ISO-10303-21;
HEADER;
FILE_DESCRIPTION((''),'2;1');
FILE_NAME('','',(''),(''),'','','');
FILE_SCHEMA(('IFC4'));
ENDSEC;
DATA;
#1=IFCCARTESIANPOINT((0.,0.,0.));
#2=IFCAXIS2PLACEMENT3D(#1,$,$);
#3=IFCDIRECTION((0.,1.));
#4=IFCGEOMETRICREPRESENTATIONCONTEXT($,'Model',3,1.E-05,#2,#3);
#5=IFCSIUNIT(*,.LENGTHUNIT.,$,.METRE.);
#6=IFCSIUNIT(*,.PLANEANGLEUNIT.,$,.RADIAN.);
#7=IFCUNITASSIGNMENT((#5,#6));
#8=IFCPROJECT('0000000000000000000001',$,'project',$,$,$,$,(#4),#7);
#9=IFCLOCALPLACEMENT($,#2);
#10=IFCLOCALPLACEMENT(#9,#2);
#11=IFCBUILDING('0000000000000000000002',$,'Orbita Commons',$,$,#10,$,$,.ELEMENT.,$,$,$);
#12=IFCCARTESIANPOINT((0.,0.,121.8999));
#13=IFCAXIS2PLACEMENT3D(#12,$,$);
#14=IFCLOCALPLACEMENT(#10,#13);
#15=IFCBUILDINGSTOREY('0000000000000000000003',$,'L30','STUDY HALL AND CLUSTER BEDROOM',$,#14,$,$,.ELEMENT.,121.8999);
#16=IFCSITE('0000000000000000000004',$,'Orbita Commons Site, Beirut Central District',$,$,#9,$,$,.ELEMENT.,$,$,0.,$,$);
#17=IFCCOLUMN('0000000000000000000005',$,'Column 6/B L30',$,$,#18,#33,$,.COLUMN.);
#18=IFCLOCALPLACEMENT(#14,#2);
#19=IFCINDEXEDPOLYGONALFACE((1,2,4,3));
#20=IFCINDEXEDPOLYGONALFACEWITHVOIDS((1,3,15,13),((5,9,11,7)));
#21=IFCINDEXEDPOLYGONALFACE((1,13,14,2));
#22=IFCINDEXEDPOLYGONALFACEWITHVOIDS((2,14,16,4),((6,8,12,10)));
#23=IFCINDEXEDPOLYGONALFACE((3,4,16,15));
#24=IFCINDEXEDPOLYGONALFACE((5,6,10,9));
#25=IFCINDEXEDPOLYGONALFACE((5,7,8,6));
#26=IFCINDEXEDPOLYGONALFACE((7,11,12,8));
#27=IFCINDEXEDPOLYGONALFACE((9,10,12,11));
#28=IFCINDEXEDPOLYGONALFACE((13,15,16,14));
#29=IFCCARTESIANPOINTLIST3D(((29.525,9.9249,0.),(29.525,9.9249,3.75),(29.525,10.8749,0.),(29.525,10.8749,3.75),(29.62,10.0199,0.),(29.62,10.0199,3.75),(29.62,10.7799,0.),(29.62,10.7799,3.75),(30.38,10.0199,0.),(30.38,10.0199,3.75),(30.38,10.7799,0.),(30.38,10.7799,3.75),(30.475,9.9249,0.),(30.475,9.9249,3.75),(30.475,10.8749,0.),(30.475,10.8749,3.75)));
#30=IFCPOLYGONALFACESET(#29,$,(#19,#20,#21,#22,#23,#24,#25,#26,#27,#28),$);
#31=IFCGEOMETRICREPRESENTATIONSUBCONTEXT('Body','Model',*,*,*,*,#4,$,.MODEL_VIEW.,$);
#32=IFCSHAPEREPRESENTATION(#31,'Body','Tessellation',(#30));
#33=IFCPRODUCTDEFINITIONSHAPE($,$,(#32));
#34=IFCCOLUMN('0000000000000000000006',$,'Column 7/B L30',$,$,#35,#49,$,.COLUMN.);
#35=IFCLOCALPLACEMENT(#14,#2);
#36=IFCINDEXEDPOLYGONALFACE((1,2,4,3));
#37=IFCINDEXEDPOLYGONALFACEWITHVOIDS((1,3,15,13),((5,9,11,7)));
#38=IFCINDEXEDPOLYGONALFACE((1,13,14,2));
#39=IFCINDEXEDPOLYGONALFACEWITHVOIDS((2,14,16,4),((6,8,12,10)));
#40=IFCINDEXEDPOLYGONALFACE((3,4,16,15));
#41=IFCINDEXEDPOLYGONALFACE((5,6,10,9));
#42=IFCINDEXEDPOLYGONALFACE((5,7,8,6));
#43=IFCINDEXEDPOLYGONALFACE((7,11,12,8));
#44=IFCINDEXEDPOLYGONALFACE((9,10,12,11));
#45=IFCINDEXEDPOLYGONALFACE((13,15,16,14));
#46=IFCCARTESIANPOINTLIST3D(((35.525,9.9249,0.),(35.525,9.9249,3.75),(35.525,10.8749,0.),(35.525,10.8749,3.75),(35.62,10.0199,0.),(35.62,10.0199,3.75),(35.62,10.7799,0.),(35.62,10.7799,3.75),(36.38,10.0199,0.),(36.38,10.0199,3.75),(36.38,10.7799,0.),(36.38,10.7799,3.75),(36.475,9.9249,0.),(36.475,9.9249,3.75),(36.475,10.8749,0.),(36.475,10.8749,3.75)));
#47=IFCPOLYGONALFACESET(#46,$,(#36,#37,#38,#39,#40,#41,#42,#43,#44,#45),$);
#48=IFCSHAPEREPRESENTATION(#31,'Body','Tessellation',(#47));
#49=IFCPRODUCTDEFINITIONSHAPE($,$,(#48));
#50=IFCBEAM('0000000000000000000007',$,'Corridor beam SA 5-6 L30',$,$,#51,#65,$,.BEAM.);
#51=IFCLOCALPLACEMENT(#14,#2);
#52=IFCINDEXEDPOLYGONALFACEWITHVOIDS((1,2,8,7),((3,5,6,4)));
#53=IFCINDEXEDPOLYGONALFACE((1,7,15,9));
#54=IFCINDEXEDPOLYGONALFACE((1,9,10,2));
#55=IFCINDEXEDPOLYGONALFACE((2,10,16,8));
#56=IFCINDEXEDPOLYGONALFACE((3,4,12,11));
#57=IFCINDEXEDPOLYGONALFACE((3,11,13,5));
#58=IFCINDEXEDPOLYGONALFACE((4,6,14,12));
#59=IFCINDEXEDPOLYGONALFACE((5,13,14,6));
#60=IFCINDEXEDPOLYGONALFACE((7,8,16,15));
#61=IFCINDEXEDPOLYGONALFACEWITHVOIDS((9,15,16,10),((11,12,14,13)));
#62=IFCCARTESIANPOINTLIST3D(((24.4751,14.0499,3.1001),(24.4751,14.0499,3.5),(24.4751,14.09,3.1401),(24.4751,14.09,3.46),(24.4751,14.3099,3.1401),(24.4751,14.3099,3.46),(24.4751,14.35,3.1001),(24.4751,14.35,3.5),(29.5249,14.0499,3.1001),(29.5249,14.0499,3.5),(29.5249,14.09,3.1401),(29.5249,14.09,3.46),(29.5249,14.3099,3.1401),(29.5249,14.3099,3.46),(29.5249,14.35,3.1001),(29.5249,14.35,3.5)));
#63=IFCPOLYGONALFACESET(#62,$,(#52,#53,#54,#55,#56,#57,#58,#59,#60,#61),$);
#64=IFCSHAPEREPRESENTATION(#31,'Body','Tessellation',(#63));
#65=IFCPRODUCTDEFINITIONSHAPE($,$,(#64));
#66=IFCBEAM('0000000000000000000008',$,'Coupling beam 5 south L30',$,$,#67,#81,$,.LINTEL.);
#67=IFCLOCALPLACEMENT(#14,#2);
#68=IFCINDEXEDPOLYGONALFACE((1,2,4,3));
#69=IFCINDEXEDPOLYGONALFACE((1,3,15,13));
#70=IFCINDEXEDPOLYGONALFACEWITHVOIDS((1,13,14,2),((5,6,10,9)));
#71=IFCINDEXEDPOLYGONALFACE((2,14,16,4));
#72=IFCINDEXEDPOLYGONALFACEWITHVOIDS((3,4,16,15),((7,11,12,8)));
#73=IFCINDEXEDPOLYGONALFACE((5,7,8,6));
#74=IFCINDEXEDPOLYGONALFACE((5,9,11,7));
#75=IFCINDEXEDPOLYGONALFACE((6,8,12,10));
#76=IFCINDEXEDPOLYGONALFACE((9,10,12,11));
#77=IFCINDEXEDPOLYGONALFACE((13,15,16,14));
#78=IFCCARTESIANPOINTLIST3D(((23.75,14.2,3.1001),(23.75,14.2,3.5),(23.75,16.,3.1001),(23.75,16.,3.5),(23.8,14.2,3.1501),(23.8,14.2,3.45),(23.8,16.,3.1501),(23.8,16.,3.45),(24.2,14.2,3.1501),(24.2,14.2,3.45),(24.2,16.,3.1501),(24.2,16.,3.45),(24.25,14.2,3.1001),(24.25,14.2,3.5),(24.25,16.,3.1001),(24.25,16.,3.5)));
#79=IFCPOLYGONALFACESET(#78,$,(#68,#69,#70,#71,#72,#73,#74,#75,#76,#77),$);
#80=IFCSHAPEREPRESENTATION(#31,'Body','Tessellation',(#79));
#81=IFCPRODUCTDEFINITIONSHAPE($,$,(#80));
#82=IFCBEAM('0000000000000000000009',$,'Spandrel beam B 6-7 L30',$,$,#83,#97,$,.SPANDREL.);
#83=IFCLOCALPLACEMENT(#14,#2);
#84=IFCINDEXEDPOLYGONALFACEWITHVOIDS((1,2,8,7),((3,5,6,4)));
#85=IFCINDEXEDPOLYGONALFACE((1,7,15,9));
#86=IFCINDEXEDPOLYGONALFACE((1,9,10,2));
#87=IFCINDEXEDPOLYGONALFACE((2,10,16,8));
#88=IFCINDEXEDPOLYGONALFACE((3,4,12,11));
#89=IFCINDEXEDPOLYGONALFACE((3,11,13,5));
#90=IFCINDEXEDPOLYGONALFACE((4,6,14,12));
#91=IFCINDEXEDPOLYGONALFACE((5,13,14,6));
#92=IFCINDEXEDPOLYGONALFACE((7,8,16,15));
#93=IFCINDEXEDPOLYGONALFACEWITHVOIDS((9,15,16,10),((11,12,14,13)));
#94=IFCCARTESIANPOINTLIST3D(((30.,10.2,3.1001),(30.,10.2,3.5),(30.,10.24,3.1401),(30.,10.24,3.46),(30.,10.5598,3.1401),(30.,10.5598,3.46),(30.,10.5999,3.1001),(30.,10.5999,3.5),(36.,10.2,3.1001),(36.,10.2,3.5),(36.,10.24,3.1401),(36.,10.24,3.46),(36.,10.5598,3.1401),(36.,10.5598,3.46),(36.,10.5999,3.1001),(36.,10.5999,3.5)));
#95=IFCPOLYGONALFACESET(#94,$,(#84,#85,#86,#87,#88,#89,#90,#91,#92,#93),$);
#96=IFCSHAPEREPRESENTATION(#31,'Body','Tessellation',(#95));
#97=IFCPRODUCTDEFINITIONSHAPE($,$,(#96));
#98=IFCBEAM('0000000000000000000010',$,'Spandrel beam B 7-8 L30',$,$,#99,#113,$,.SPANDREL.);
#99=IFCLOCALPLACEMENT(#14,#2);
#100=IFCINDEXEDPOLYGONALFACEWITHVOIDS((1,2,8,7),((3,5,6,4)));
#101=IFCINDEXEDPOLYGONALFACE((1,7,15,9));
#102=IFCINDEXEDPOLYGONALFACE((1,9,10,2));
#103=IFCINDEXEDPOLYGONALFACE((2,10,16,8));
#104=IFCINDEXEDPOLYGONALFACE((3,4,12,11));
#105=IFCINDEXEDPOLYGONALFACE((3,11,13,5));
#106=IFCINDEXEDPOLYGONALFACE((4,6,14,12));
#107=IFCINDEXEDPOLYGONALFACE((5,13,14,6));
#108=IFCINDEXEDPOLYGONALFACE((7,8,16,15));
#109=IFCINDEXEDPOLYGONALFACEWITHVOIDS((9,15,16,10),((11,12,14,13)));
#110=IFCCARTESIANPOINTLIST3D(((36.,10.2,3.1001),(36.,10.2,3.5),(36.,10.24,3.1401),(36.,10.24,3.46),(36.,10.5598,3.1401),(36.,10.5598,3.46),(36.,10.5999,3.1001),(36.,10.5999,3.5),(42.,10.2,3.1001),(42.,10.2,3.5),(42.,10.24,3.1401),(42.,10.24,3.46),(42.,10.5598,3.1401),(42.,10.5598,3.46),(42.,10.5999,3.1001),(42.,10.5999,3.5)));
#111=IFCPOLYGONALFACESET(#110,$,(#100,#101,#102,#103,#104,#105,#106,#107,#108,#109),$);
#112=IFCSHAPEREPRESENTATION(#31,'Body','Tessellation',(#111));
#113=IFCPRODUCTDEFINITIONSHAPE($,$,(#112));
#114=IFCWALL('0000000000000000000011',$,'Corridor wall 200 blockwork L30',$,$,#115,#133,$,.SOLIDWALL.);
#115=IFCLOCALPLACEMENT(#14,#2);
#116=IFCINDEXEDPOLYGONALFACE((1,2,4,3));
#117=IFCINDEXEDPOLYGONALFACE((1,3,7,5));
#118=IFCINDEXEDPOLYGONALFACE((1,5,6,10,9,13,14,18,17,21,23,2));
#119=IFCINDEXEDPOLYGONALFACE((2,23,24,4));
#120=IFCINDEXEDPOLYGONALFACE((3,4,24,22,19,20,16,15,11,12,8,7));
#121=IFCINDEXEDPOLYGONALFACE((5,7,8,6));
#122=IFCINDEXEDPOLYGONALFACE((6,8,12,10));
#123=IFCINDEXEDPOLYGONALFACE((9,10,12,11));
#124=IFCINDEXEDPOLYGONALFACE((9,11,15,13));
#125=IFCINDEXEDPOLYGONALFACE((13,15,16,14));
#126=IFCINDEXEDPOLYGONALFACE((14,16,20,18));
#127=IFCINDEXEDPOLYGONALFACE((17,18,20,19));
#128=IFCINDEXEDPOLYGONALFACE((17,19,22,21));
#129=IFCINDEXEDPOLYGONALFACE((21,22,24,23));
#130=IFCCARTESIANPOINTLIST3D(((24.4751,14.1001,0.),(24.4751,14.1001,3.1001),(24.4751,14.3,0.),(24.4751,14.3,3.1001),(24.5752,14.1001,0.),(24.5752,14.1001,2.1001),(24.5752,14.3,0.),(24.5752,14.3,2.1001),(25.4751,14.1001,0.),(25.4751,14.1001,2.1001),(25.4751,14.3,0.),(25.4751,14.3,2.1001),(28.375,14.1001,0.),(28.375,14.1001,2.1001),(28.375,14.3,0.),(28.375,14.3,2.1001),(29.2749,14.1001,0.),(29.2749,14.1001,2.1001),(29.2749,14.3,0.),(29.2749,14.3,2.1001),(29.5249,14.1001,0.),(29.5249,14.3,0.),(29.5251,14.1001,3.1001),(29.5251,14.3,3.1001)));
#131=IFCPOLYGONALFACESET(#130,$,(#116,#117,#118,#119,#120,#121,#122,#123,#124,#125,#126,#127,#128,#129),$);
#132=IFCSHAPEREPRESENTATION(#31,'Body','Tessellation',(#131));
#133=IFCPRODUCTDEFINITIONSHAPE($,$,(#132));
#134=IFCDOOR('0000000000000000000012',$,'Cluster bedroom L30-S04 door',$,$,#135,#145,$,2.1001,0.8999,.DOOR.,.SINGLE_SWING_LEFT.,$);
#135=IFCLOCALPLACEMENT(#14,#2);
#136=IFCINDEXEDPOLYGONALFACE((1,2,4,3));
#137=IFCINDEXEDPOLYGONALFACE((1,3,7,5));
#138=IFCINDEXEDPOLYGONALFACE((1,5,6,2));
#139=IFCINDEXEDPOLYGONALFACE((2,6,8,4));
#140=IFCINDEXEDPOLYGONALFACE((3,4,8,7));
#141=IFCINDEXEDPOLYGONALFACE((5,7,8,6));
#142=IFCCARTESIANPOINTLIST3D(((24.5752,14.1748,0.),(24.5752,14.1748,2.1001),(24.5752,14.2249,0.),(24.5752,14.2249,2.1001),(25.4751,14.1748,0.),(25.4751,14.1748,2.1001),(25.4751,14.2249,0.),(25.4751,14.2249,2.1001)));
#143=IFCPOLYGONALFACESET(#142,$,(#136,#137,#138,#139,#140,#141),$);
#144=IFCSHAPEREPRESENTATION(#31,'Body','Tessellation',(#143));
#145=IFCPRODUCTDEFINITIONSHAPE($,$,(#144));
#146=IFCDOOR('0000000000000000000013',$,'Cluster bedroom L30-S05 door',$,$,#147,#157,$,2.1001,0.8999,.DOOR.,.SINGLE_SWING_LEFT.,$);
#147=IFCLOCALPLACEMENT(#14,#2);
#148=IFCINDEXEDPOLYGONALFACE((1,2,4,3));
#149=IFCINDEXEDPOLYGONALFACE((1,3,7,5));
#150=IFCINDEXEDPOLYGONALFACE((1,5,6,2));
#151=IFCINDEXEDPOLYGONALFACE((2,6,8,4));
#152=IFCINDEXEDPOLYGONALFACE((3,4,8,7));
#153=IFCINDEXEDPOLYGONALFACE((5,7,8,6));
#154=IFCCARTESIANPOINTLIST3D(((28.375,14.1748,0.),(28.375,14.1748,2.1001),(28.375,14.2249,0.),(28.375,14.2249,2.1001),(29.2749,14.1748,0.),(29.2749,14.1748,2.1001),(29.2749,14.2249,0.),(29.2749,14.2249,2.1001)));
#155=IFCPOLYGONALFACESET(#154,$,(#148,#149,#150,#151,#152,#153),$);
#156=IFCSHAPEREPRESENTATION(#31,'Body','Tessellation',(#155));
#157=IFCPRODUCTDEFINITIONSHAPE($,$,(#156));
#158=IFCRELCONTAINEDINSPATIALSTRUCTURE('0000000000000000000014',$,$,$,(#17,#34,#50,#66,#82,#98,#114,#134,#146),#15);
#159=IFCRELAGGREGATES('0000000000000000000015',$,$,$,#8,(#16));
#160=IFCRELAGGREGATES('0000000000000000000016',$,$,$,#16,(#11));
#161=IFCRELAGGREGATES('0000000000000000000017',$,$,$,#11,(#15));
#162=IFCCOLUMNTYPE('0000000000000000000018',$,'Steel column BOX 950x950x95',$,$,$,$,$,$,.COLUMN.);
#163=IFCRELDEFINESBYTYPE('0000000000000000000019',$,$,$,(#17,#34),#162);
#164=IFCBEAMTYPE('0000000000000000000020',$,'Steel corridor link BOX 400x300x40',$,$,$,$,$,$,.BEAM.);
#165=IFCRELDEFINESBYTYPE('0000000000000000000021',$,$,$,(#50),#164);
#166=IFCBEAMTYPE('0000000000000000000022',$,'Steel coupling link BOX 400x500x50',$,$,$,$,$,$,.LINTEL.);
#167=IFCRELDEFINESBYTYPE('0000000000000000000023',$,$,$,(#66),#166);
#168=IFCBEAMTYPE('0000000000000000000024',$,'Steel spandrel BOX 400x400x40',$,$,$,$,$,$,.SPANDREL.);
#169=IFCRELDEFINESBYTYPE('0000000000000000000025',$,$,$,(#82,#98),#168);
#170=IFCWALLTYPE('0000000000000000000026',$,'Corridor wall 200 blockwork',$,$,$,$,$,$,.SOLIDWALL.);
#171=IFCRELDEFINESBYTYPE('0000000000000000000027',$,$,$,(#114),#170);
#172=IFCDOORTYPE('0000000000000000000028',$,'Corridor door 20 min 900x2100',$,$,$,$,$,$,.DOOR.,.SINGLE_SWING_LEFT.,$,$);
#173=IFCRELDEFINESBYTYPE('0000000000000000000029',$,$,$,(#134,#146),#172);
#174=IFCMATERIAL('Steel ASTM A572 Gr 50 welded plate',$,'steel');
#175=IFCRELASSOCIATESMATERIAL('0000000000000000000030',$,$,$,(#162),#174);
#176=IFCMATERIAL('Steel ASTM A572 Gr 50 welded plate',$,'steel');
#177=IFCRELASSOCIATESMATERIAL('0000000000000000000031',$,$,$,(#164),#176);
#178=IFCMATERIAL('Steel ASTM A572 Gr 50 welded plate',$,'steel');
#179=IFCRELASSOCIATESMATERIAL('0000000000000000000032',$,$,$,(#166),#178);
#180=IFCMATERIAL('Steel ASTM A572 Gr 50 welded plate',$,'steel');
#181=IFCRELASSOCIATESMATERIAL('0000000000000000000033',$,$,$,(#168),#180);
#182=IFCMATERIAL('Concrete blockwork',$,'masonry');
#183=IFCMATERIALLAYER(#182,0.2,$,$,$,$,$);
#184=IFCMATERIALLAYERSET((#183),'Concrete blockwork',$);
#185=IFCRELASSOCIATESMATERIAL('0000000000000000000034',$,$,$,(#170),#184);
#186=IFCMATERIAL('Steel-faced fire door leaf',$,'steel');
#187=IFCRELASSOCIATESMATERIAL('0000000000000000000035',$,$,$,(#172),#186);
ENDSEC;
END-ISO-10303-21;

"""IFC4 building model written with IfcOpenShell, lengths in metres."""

from ifc_helpers import new_model, si_unit, direction, frame, frame_2d, origin, origin_2d, place, context, subcontext, project, spatial, polyline, rectangle, hollow_rectangle, outline, extrude, material, layer, layer_set, material_profile, profile_set, type_object, element, fill, save


model = new_model("IFC4")

# Units and contexts
model_context = context("Model", 3, precision=1e-05, world=origin(), true_north=direction((0.0, 1.0)))
body_context = subcontext(model_context, "Body", "Model", "MODEL_VIEW")
ifc_project = project(units=[si_unit("LENGTHUNIT", "METRE"), si_unit("PLANEANGLEUNIT", "RADIAN")], contexts=[model_context])

# Site, building, storey
site_placement = place(None, origin())
site = spatial("IfcSite", under=ifc_project, at=site_placement, Name="Orbita Commons Site, Beirut Central District", CompositionType="ELEMENT", RefElevation=0.0)
building_placement = place(site_placement, origin())
building = spatial("IfcBuilding", under=site, at=building_placement, Name="Orbita Commons", CompositionType="ELEMENT")
storey_placement = place(building_placement, frame((0.0, 0.0, 121.8999)))
storey = spatial("IfcBuildingStorey", under=building, at=storey_placement, Name="L30", Description="STUDY HALL AND CLUSTER BEDROOM", CompositionType="ELEMENT", Elevation=121.8999)

# Columns
ifc_material_1 = material(Name="Steel ASTM A572 Gr 50 welded plate", Category="steel")
ifc_material_profile_1 = material_profile(ifc_material_1, hollow_rectangle(XDim=0.95, YDim=0.95, WallThickness=0.095, at=origin_2d()), Name="BOX 950x950x95")
ifc_profile_set_1 = profile_set([ifc_material_profile_1], Name="Steel ASTM A572 Gr 50 welded plate")
column_type = type_object("IfcColumnType", Name="Steel column BOX 950x950x95", PredefinedType="COLUMN", material=ifc_profile_set_1)
for number, where, z_axis, x_axis, name in (
    (1, (30.0, 10.3999, 0.0), (0.0, 0.0, 1.0), (1.0, 0.0, 0.0), "Column 6/B L30"),
    (2, (36.0, 10.3999, 0.0), (0.0, 0.0, 1.0), (1.0, 0.0, 0.0), "Column 7/B L30"),
):
    element("IfcColumn", number, at=place(storey_placement, frame(where, z_axis=z_axis, x_axis=x_axis)), inside=storey, type_object=column_type, Name=name, PredefinedType="COLUMN", context=body_context, shape_type="SweptSolid", body=[
        extrude(hollow_rectangle(XDim=0.95, YDim=0.95, WallThickness=0.095, at=origin_2d()), origin(), (0.0, 0.0, 1.0), 3.75),
    ])

# Beams
ifc_material_2 = material(Name="Steel ASTM A572 Gr 50 welded plate", Category="steel")
ifc_material_profile_2 = material_profile(ifc_material_2, hollow_rectangle(XDim=0.3, YDim=0.3999, WallThickness=0.04, at=origin_2d()), Name="BOX 400x300x40")
ifc_profile_set_2 = profile_set([ifc_material_profile_2], Name="Steel ASTM A572 Gr 50 welded plate")
beam_type_1 = type_object("IfcBeamType", Name="Steel corridor link BOX 400x300x40", PredefinedType="BEAM", material=ifc_profile_set_2)
beam_1_placement = place(storey_placement, frame((24.4751, 14.2, 3.3), z_axis=(1.0, 0.0, 0.0), x_axis=(0.0, 1.0, 0.0)))
element("IfcBeam", 3, at=beam_1_placement, inside=storey, type_object=beam_type_1, Name="Corridor beam SA 5-6 L30", PredefinedType="BEAM", context=body_context, shape_type="SweptSolid", body=[
    extrude(hollow_rectangle(XDim=0.3, YDim=0.3999, WallThickness=0.04, at=origin_2d()), origin(), (0.0, 0.0, 1.0), 5.0498),
])
ifc_material_3 = material(Name="Steel ASTM A572 Gr 50 welded plate", Category="steel")
ifc_material_profile_3 = material_profile(ifc_material_3, hollow_rectangle(XDim=0.5, YDim=0.3999, WallThickness=0.05, at=origin_2d()), Name="BOX 400x500x50")
ifc_profile_set_3 = profile_set([ifc_material_profile_3], Name="Steel ASTM A572 Gr 50 welded plate")
beam_type_2 = type_object("IfcBeamType", Name="Steel coupling link BOX 400x500x50", PredefinedType="LINTEL", material=ifc_profile_set_3)
beam_2_placement = place(storey_placement, frame((24.0, 14.2, 3.3), z_axis=(0.0, 1.0, 0.0), x_axis=(-1.0, 0.0, 0.0)))
element("IfcBeam", 4, at=beam_2_placement, inside=storey, type_object=beam_type_2, Name="Coupling beam 5 south L30", PredefinedType="LINTEL", context=body_context, shape_type="SweptSolid", body=[
    extrude(hollow_rectangle(XDim=0.5, YDim=0.3999, WallThickness=0.05, at=origin_2d()), origin(), (0.0, 0.0, 1.0), 1.8),
])
ifc_material_4 = material(Name="Steel ASTM A572 Gr 50 welded plate", Category="steel")
ifc_material_profile_4 = material_profile(ifc_material_4, hollow_rectangle(XDim=0.3999, YDim=0.3999, WallThickness=0.04, at=origin_2d()), Name="BOX 400x400x40")
ifc_profile_set_4 = profile_set([ifc_material_profile_4], Name="Steel ASTM A572 Gr 50 welded plate")
beam_type_3 = type_object("IfcBeamType", Name="Steel spandrel BOX 400x400x40", PredefinedType="SPANDREL", material=ifc_profile_set_4)
for number, where, z_axis, x_axis, name in (
    (5, (30.0, 10.3999, 3.3), (1.0, 0.0, 0.0), (0.0, 1.0, 0.0), "Spandrel beam B 6-7 L30"),
    (6, (36.0, 10.3999, 3.3), (1.0, 0.0, 0.0), (0.0, 1.0, 0.0), "Spandrel beam B 7-8 L30"),
):
    element("IfcBeam", number, at=place(storey_placement, frame(where, z_axis=z_axis, x_axis=x_axis)), inside=storey, type_object=beam_type_3, Name=name, PredefinedType="SPANDREL", context=body_context, shape_type="SweptSolid", body=[
        extrude(hollow_rectangle(XDim=0.3999, YDim=0.3999, WallThickness=0.04, at=origin_2d()), origin(), (0.0, 0.0, 1.0), 6.0),
    ])

# Wall, openings, doors
ifc_material_5 = material(Name="Concrete blockwork", Category="masonry")
ifc_layer_1 = layer(ifc_material_5, 0.2)
ifc_layer_set_1 = layer_set([ifc_layer_1], Name="Concrete blockwork")
wall_type_1 = type_object("IfcWallType", Name="Corridor wall 200 blockwork", PredefinedType="SOLIDWALL", material=ifc_layer_set_1)
wall_1_placement = place(storey_placement, frame((24.4751, 14.2, 0.0), z_axis=(0.0, 0.0, 1.0), x_axis=(1.0, 0.0, 0.0)))
wall_1 = element("IfcWall", 7, at=wall_1_placement, inside=storey, type_object=wall_type_1, Name="Corridor wall 200 blockwork L30", PredefinedType="SOLIDWALL", context=body_context, shape_type="SweptSolid", body=[
    extrude(outline(polyline([(0.0, 0.0), (5.0498, 0.0), (5.05, 3.1001), (0.0, 3.1001), (0.0, 0.0)])), frame((0.0, 0.1001, 0.0), z_axis=(0.0, -1.0, 0.0), x_axis=(1.0, 0.0, 0.0)), (0.0, 0.0, 1.0), 0.2),
])
opening_1_placement = place(wall_1_placement, frame((0.1001, 0.0, 0.0)))
opening_1 = element("IfcOpeningElement", 8, at=opening_1_placement, cuts=wall_1, PredefinedType="OPENING", context=body_context, shape_type="SweptSolid", body=[
    extrude(rectangle(XDim=0.8999, YDim=2.1001, at=frame_2d((0.45, 1.05))), frame((0.0, 0.1099, 0.0), z_axis=(0.0, -1.0, 0.0), x_axis=(1.0, 0.0, 0.0)), (0.0, 0.0, 1.0), 0.22),
])
opening_2_placement = place(wall_1_placement, frame((3.8999, 0.0, 0.0)))
opening_2 = element("IfcOpeningElement", 9, at=opening_2_placement, cuts=wall_1, PredefinedType="OPENING", context=body_context, shape_type="SweptSolid", body=[
    extrude(rectangle(XDim=0.8999, YDim=2.1001, at=frame_2d((0.45, 1.05))), frame((0.0, 0.1099, 0.0), z_axis=(0.0, -1.0, 0.0), x_axis=(1.0, 0.0, 0.0)), (0.0, 0.0, 1.0), 0.22),
])
ifc_material_6 = material(Name="Steel-faced fire door leaf", Category="steel")
door_type_1 = type_object("IfcDoorType", Name="Corridor door 20 min 900x2100", OperationType="SINGLE_SWING_LEFT", PredefinedType="DOOR", material=ifc_material_6)
door_1_placement = place(opening_1_placement, origin())
door_1 = element("IfcDoor", 10, at=door_1_placement, inside=storey, type_object=door_type_1, Name="Cluster bedroom L30-S04 door", OperationType="SINGLE_SWING_LEFT", OverallHeight=2.1001, OverallWidth=0.8999, PredefinedType="DOOR", context=body_context, shape_type="SweptSolid", body=[
    extrude(rectangle(XDim=0.8999, YDim=2.1001, at=frame_2d((0.45, 1.05))), frame((0.0, 0.0249, 0.0), z_axis=(0.0, -1.0, 0.0), x_axis=(1.0, 0.0, 0.0)), (0.0, 0.0, 1.0), 0.05),
])
fill(opening_1, door_1)
door_2_placement = place(opening_2_placement, origin())
door_2 = element("IfcDoor", 11, at=door_2_placement, inside=storey, type_object=door_type_1, Name="Cluster bedroom L30-S05 door", OperationType="SINGLE_SWING_LEFT", OverallHeight=2.1001, OverallWidth=0.8999, PredefinedType="DOOR", context=body_context, shape_type="SweptSolid", body=[
    extrude(rectangle(XDim=0.8999, YDim=2.1001, at=frame_2d((0.45, 1.05))), frame((0.0, 0.0249, 0.0), z_axis=(0.0, -1.0, 0.0), x_axis=(1.0, 0.0, 0.0)), (0.0, 0.0, 1.0), 0.05),
])
fill(opening_2, door_2)

save(model, "model.ifc")
